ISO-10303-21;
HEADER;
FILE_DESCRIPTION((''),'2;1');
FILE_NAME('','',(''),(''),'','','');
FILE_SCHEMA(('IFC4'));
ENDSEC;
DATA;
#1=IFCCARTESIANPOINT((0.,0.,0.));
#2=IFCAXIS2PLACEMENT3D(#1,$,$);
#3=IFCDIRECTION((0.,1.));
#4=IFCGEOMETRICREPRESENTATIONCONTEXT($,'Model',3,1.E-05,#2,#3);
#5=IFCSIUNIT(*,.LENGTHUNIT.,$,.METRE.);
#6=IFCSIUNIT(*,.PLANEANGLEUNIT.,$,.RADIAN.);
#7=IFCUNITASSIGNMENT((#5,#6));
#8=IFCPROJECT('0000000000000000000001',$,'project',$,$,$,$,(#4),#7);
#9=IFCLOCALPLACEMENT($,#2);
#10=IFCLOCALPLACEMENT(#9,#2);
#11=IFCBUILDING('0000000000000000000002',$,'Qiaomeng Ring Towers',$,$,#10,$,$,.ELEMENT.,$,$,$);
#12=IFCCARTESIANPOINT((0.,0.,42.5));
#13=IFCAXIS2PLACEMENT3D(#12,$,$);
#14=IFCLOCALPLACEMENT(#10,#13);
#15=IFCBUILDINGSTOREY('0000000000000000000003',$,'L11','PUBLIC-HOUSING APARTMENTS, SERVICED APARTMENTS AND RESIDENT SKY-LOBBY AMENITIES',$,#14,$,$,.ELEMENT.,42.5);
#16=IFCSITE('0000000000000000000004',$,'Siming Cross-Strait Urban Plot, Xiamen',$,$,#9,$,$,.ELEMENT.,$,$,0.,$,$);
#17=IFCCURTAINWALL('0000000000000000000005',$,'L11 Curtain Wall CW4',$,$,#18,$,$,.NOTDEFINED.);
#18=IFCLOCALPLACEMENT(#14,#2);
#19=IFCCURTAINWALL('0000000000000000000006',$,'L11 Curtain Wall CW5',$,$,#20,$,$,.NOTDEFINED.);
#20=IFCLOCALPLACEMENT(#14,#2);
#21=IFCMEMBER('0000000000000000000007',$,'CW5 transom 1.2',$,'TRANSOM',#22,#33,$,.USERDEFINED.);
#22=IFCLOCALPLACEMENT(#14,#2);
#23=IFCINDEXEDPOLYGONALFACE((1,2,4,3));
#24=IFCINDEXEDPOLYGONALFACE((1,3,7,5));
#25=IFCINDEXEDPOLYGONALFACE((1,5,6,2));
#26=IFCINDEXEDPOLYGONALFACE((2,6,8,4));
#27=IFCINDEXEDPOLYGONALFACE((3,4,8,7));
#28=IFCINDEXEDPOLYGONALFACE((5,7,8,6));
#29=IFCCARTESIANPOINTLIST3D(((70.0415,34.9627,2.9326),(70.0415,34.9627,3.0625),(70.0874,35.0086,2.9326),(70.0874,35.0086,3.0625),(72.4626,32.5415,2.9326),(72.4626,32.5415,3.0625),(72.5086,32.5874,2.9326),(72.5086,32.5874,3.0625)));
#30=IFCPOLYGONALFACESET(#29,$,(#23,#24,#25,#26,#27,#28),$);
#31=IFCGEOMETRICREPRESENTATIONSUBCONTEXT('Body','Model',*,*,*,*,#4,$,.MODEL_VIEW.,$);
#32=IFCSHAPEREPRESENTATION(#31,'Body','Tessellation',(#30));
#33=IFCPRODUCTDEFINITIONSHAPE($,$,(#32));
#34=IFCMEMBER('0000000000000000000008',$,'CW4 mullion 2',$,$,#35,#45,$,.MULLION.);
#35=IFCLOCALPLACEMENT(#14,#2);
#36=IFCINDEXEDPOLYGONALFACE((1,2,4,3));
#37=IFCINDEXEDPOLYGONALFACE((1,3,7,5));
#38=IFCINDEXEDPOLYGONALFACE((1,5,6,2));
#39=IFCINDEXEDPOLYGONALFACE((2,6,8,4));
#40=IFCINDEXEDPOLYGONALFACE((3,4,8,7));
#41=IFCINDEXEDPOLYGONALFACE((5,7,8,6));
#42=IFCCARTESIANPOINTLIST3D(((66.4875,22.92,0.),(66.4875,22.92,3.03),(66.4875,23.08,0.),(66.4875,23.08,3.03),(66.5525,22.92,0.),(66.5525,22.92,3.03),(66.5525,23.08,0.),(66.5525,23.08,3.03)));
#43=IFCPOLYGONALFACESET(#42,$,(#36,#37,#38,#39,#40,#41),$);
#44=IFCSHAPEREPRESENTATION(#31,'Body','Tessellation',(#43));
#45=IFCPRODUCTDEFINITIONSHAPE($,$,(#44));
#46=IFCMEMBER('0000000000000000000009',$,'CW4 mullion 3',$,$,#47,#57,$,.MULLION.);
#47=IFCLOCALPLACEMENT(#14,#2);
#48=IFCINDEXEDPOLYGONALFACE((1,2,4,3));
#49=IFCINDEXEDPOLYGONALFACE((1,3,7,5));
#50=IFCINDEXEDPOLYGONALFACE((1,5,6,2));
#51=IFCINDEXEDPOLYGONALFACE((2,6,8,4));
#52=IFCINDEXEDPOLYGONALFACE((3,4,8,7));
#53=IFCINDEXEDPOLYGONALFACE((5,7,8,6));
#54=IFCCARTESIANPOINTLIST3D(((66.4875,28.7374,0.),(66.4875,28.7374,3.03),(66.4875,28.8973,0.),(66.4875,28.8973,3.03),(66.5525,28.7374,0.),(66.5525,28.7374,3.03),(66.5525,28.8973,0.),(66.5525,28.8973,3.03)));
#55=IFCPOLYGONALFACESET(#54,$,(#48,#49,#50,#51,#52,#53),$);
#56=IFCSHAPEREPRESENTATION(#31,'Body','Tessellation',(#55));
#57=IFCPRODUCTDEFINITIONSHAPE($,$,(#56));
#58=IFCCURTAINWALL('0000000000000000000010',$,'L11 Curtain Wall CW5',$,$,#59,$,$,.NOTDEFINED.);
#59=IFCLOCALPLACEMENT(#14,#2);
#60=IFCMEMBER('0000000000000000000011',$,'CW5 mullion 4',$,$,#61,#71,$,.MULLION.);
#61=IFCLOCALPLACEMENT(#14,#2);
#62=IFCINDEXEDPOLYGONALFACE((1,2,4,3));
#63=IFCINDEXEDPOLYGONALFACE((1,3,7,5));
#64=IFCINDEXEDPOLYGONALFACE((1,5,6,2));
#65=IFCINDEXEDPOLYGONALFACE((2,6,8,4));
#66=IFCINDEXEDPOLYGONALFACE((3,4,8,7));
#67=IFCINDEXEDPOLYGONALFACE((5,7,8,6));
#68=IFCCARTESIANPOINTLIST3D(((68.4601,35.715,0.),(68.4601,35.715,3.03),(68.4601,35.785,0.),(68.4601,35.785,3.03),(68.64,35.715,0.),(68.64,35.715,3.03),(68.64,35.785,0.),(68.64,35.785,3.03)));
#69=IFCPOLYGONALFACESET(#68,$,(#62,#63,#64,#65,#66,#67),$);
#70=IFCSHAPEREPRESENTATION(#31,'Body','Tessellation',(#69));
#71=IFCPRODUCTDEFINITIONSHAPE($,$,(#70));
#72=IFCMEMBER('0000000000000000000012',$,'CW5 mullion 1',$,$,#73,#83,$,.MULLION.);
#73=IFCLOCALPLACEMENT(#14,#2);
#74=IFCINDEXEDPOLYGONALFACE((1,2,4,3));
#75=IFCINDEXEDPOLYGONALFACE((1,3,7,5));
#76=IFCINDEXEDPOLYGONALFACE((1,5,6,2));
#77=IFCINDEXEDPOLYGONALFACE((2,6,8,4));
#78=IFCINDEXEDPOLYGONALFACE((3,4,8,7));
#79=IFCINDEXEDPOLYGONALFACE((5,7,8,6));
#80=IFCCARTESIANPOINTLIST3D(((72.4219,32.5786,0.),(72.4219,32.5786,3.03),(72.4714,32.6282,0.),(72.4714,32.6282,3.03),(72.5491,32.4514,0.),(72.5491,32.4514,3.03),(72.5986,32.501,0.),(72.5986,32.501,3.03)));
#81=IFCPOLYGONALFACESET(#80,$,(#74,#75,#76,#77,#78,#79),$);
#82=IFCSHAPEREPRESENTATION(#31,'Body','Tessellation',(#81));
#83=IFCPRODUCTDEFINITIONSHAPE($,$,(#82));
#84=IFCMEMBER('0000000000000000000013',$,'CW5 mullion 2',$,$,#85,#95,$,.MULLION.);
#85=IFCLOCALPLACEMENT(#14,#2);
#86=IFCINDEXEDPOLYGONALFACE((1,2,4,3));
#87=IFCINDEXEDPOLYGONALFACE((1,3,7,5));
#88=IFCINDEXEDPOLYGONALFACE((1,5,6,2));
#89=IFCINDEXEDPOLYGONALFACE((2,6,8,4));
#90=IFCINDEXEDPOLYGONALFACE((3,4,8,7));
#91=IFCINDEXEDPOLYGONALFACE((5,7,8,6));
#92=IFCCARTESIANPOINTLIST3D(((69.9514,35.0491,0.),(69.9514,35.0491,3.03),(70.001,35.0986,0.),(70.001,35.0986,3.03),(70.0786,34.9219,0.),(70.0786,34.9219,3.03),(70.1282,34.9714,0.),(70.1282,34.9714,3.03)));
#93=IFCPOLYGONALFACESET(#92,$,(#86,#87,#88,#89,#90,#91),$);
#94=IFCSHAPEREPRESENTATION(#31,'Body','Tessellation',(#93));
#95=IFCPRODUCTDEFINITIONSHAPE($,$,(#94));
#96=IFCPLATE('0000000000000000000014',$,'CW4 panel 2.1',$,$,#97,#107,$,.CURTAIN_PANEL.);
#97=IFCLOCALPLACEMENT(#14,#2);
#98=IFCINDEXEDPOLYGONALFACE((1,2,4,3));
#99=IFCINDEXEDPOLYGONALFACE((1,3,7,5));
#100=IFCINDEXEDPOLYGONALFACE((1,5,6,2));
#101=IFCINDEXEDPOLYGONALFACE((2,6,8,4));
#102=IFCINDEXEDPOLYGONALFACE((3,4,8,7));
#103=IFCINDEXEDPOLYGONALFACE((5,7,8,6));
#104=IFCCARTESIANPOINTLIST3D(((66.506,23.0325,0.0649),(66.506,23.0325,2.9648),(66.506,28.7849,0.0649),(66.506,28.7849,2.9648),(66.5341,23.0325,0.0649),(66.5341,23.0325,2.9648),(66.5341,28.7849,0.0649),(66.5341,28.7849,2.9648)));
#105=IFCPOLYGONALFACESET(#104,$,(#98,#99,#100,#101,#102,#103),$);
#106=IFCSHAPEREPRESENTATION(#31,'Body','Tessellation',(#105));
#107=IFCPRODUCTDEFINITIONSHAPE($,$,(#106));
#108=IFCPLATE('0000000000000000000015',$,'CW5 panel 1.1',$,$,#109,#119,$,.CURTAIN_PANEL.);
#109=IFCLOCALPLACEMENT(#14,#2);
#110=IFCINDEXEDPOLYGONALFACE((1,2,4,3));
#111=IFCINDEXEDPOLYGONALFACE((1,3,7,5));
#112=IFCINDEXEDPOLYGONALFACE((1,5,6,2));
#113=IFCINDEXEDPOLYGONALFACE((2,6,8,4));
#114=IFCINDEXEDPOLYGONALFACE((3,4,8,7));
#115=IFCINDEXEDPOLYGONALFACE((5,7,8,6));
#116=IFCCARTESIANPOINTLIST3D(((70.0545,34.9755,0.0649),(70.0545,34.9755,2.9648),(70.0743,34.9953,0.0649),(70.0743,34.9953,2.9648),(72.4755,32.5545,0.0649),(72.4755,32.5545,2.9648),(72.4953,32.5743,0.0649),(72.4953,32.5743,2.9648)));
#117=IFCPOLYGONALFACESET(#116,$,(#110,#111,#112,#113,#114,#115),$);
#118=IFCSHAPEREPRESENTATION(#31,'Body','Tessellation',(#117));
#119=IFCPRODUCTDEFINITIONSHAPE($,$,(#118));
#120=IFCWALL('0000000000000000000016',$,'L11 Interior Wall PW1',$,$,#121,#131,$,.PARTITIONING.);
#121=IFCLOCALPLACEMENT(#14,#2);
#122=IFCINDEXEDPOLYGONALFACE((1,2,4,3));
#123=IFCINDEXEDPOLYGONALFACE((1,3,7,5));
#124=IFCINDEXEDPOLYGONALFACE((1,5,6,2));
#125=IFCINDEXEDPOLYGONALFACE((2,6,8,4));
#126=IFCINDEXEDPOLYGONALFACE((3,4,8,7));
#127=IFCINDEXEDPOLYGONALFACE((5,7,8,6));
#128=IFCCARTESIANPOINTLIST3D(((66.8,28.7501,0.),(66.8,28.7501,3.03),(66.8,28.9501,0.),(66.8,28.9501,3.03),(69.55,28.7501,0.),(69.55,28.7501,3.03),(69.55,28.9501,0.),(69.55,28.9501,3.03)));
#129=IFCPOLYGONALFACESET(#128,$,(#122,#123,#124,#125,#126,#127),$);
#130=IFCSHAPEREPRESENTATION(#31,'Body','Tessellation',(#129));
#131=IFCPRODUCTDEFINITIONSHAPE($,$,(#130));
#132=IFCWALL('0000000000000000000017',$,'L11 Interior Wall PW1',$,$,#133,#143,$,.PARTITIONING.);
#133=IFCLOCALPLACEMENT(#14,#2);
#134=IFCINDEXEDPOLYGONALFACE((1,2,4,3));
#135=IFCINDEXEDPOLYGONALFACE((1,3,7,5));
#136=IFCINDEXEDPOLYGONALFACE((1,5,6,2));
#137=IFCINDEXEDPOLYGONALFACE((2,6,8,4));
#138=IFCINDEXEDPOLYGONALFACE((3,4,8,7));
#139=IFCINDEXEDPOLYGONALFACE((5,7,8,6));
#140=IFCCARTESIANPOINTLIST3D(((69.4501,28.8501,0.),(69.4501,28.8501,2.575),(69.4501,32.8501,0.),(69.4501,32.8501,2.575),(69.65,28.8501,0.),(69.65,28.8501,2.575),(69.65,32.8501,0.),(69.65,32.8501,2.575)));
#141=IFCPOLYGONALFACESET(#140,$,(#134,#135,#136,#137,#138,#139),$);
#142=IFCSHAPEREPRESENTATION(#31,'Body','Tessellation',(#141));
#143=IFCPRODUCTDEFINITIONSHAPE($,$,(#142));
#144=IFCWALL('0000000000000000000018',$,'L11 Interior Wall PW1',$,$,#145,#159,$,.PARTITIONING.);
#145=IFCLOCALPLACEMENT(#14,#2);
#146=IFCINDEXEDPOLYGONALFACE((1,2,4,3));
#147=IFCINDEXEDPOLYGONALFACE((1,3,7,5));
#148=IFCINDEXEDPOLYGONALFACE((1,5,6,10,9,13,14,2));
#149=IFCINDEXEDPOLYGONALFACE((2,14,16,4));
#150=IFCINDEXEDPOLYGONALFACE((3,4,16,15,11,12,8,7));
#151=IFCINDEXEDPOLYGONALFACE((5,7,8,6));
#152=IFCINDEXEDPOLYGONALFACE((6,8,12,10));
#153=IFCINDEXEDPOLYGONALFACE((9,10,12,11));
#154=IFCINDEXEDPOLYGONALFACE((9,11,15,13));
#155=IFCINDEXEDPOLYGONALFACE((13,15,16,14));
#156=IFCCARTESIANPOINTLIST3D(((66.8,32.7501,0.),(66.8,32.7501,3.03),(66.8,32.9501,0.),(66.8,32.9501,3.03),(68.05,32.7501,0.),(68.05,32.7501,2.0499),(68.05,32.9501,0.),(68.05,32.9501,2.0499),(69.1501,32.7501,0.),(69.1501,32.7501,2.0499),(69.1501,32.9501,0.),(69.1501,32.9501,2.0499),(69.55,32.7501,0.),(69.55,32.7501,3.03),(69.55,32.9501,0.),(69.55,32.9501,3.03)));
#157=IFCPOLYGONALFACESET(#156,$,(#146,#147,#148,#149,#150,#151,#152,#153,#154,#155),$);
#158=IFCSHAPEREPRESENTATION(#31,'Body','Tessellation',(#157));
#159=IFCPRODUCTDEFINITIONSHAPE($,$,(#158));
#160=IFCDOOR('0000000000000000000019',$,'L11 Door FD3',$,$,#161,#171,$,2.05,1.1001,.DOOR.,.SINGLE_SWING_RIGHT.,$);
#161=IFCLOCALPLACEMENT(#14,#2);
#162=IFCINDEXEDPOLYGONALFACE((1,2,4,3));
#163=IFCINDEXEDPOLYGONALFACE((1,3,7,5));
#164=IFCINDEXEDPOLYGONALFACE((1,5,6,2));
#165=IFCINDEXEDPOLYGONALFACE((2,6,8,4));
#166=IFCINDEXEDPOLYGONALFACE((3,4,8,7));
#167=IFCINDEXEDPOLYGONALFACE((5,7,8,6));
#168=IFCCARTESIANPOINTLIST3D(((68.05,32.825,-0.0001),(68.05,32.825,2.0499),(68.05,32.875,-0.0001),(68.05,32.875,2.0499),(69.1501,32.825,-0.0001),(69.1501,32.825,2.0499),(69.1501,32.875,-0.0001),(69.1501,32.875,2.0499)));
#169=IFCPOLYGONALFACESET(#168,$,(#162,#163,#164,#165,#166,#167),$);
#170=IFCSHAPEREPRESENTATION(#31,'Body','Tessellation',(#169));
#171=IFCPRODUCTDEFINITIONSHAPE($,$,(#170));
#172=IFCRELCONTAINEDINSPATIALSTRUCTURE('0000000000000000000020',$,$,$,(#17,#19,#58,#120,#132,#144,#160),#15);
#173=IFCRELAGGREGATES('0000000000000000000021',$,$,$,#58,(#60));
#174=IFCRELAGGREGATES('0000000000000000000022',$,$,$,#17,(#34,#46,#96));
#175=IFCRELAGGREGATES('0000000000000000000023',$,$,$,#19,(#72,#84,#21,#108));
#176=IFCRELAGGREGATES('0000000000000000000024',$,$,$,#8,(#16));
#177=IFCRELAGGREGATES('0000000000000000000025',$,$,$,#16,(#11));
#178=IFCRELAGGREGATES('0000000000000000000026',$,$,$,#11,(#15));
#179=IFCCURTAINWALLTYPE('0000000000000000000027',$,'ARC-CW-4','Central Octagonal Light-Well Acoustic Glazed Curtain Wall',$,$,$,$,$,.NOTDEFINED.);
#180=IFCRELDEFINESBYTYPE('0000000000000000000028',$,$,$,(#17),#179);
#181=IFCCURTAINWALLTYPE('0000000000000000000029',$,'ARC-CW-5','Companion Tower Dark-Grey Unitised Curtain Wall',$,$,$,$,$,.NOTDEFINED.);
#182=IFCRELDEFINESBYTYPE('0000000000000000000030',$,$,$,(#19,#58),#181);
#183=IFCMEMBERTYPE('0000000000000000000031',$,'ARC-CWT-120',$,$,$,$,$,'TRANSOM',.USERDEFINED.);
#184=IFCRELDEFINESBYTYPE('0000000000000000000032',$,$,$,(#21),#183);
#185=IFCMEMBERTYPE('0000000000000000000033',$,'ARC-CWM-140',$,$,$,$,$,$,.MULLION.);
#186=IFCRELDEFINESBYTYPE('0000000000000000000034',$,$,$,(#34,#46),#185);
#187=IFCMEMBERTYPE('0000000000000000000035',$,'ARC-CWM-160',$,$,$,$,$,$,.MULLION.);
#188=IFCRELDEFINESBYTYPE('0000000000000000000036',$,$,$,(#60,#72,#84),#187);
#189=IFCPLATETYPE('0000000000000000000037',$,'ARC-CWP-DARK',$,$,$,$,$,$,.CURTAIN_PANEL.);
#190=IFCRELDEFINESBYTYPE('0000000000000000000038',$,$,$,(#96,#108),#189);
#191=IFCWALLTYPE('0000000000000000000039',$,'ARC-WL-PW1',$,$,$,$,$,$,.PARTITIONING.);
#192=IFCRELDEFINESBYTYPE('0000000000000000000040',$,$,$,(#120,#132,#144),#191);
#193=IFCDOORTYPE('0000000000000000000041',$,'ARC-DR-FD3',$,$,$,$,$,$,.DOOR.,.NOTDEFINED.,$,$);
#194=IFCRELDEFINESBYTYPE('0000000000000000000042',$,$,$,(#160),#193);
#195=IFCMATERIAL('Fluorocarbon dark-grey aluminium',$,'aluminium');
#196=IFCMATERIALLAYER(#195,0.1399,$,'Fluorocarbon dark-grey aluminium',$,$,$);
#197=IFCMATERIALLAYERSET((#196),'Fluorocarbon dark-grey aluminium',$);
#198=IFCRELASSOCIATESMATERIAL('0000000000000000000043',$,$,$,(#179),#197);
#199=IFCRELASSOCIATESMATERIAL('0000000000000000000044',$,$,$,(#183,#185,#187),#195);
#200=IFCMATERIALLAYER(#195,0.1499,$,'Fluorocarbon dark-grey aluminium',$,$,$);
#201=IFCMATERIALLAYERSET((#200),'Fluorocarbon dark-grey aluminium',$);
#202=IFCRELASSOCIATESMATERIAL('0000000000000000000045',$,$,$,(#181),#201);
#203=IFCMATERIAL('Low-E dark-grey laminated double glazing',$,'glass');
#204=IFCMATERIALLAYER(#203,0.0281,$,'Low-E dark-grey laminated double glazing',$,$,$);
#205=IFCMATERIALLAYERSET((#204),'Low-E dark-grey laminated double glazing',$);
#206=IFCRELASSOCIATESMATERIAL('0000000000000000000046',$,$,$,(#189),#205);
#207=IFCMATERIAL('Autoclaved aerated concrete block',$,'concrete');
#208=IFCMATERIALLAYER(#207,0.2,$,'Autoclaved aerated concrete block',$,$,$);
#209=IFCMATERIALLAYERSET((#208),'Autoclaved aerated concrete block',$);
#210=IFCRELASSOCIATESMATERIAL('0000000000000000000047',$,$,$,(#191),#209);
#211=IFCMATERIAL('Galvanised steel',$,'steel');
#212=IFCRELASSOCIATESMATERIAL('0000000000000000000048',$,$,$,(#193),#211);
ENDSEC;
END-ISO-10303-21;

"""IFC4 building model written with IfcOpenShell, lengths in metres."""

from ifc_helpers import new_model, si_unit, direction, frame, frame_2d, origin, origin_2d, place, context, subcontext, project, spatial, rectangle, extrude, source, transform, mapped, material, layer, layer_set, material_profile, profile_set, type_object, element, fill, aggregate, save


model = new_model("IFC4")

# Units and contexts
model_context = context("Model", 3, precision=1e-05, world=origin(), true_north=direction((0.0, 1.0)))
body_context = subcontext(model_context, "Body", "Model", "MODEL_VIEW")
ifc_project = project(units=[si_unit("LENGTHUNIT", "METRE"), si_unit("PLANEANGLEUNIT", "RADIAN")], contexts=[model_context])

# Site, building, storey
site_placement = place(None, origin())
site = spatial("IfcSite", under=ifc_project, at=site_placement, Name="Siming Cross-Strait Urban Plot, Xiamen", CompositionType="ELEMENT", RefElevation=0.0)
building_placement = place(site_placement, origin())
building = spatial("IfcBuilding", under=site, at=building_placement, Name="Qiaomeng Ring Towers", CompositionType="ELEMENT")
storey_placement = place(building_placement, frame((0.0, 0.0, 42.5)))
storey = spatial("IfcBuildingStorey", under=building, at=storey_placement, Name="L11", Description="PUBLIC-HOUSING APARTMENTS, SERVICED APARTMENTS AND RESIDENT SKY-LOBBY AMENITIES", CompositionType="ELEMENT", Elevation=42.5)

# Curtain walls, member
ifc_material_1 = material(Name="Fluorocarbon dark-grey aluminium", Category="aluminium")
ifc_layer_1 = layer(ifc_material_1, 0.1399, Name="Fluorocarbon dark-grey aluminium")
ifc_layer_set_1 = layer_set([ifc_layer_1], Name="Fluorocarbon dark-grey aluminium")
curtain_wall_type_1 = type_object("IfcCurtainWallType", Name="ARC-CW-4", Description="Central Octagonal Light-Well Acoustic Glazed Curtain Wall", PredefinedType="NOTDEFINED", material=ifc_layer_set_1)
curtain_wall_1_placement = place(storey_placement, origin())
curtain_wall_1 = element("IfcCurtainWall", 1, at=curtain_wall_1_placement, inside=storey, type_object=curtain_wall_type_1, Name="L11 Curtain Wall CW4", PredefinedType="NOTDEFINED")
ifc_material_profile_1 = material_profile(ifc_material_1, rectangle(XDim=0.0649, YDim=0.1299, at=origin_2d()), Name="ALU TRAN 65x130")
ifc_profile_set_1 = profile_set([ifc_material_profile_1], Name="Fluorocarbon dark-grey aluminium")
member_type_1 = type_object("IfcMemberType", Name="ARC-CWT-120", ElementType="TRANSOM", PredefinedType="USERDEFINED", material=ifc_profile_set_1)
ifc_layer_2 = layer(ifc_material_1, 0.1499, Name="Fluorocarbon dark-grey aluminium")
ifc_layer_set_2 = layer_set([ifc_layer_2], Name="Fluorocarbon dark-grey aluminium")
curtain_wall_type_2 = type_object("IfcCurtainWallType", Name="ARC-CW-5", Description="Companion Tower Dark-Grey Unitised Curtain Wall", PredefinedType="NOTDEFINED", material=ifc_layer_set_2)
curtain_wall_2_placement = place(storey_placement, origin())
curtain_wall_2 = element("IfcCurtainWall", 2, at=curtain_wall_2_placement, inside=storey, type_object=curtain_wall_type_2, Name="L11 Curtain Wall CW5", PredefinedType="NOTDEFINED")
shared_shape_1 = source(origin(), body_context, "Body", "SweptSolid", [
    extrude(rectangle(XDim=0.0649, YDim=0.1299, at=origin_2d()), origin(), (0.0, 0.0, 1.0), 3.4241),
])
member_1_placement = place(storey_placement, frame((72.4856, 32.5645, 2.9976), z_axis=(-0.707107, 0.707107, 0.0), x_axis=(-0.707107, -0.707107, 0.0)))
member_1 = element("IfcMember", 3, at=member_1_placement, type_object=member_type_1, Name="CW5 transom 1.2", ObjectType="TRANSOM", PredefinedType="USERDEFINED", context=body_context, shape_type="MappedRepresentation", body=[
    mapped(shared_shape_1, transform((0.0, 0.0, 0.0), x_axis=(1.0, 0.0, 0.0), y_axis=(0.0, 1.0, 0.0), z_axis=(0.0, 0.0, 1.0), scale=1.0)),
])

# Members
ifc_material_profile_2 = material_profile(ifc_material_1, rectangle(XDim=0.0649, YDim=0.1599, at=origin_2d()), Name="ALU MULL 65x160")
ifc_profile_set_2 = profile_set([ifc_material_profile_2], Name="Fluorocarbon dark-grey aluminium")
member_type_2 = type_object("IfcMemberType", Name="ARC-CWM-140", PredefinedType="MULLION", material=ifc_profile_set_2)
shared_shape_2 = source(origin(), body_context, "Body", "SweptSolid", [
    extrude(rectangle(XDim=0.0649, YDim=0.1599, at=origin_2d()), origin(), (0.0, 0.0, 1.0), 3.03),
])
member_2_placement = place(storey_placement, frame((66.52, 23.0, 0.0), z_axis=(0.0, 0.0, 1.0), x_axis=(-1.0, 0.0, 0.0)))
member_2 = element("IfcMember", 4, at=member_2_placement, type_object=member_type_2, Name="CW4 mullion 2", PredefinedType="MULLION", context=body_context, shape_type="MappedRepresentation", body=[
    mapped(shared_shape_2, transform((0.0, 0.0, 0.0), x_axis=(1.0, 0.0, 0.0), y_axis=(0.0, 1.0, 0.0), z_axis=(0.0, 0.0, 1.0), scale=1.0)),
])
member_3_placement = place(storey_placement, frame((66.52, 28.8174, 0.0), z_axis=(0.0, 0.0, 1.0), x_axis=(-1.0, 0.0, 0.0)))
member_3 = element("IfcMember", 5, at=member_3_placement, type_object=member_type_2, Name="CW4 mullion 3", PredefinedType="MULLION", context=body_context, shape_type="MappedRepresentation", body=[
    mapped(shared_shape_2, transform((0.0, 0.0, 0.0), x_axis=(1.0, 0.0, 0.0), y_axis=(0.0, 1.0, 0.0), z_axis=(0.0, 0.0, 1.0), scale=1.0)),
])

# Curtain wall, member
curtain_wall_3_placement = place(storey_placement, origin())
curtain_wall_3 = element("IfcCurtainWall", 6, at=curtain_wall_3_placement, inside=storey, type_object=curtain_wall_type_2, Name="L11 Curtain Wall CW5", PredefinedType="NOTDEFINED")
ifc_material_profile_3 = material_profile(ifc_material_1, rectangle(XDim=0.0701, YDim=0.1799, at=origin_2d()), Name="ALU MULL 70x180")
ifc_profile_set_3 = profile_set([ifc_material_profile_3], Name="Fluorocarbon dark-grey aluminium")
member_type_3 = type_object("IfcMemberType", Name="ARC-CWM-160", PredefinedType="MULLION", material=ifc_profile_set_3)
shared_shape_3 = source(origin(), body_context, "Body", "SweptSolid", [
    extrude(rectangle(XDim=0.0701, YDim=0.1799, at=origin_2d()), origin(), (0.0, 0.0, 1.0), 3.03),
])
member_4_placement = place(storey_placement, frame((68.55, 35.75, 0.0), z_axis=(0.0, 0.0, 1.0), x_axis=(0.0, 1.0, 0.0)))
member_4 = element("IfcMember", 7, at=member_4_placement, type_object=member_type_3, Name="CW5 mullion 4", PredefinedType="MULLION", context=body_context, shape_type="MappedRepresentation", body=[
    mapped(shared_shape_3, transform((0.0, 0.0, 0.0), x_axis=(1.0, 0.0, 0.0), y_axis=(0.0, 1.0, 0.0), z_axis=(0.0, 0.0, 1.0), scale=1.0)),
])
aggregate(curtain_wall_3, [member_4])

# Members
member_5_placement = place(storey_placement, frame((72.5103, 32.5398, 0.0), z_axis=(0.0, 0.0, 1.0), x_axis=(-0.707107, -0.707107, 0.0)))
member_5 = element("IfcMember", 8, at=member_5_placement, type_object=member_type_3, Name="CW5 mullion 1", PredefinedType="MULLION", context=body_context, shape_type="MappedRepresentation", body=[
    mapped(shared_shape_3, transform((0.0, 0.0, 0.0), x_axis=(1.0, 0.0, 0.0), y_axis=(0.0, 1.0, 0.0), z_axis=(0.0, 0.0, 1.0), scale=1.0)),
])
member_6_placement = place(storey_placement, frame((70.0398, 35.0103, 0.0), z_axis=(0.0, 0.0, 1.0), x_axis=(-0.707107, -0.707107, 0.0)))
member_6 = element("IfcMember", 9, at=member_6_placement, type_object=member_type_3, Name="CW5 mullion 2", PredefinedType="MULLION", context=body_context, shape_type="MappedRepresentation", body=[
    mapped(shared_shape_3, transform((0.0, 0.0, 0.0), x_axis=(1.0, 0.0, 0.0), y_axis=(0.0, 1.0, 0.0), z_axis=(0.0, 0.0, 1.0), scale=1.0)),
])

# Plates
ifc_material_2 = material(Name="Low-E dark-grey laminated double glazing", Category="glass")
ifc_layer_3 = layer(ifc_material_2, 0.0281, Name="Low-E dark-grey laminated double glazing")
ifc_layer_set_3 = layer_set([ifc_layer_3], Name="Low-E dark-grey laminated double glazing")
plate_type = type_object("IfcPlateType", Name="ARC-CWP-DARK", PredefinedType="CURTAIN_PANEL", material=ifc_layer_set_3)
shared_shape_4 = source(origin(), body_context, "Body", "SweptSolid", [
    extrude(rectangle(XDim=5.7524, YDim=0.0281, at=origin_2d()), origin(), (0.0, 0.0, 1.0), 2.8999),
])
plate_1_placement = place(storey_placement, frame((66.52, 25.9087, 0.0649), z_axis=(0.0, 0.0, 1.0), x_axis=(0.0, 1.0, 0.0)))
plate_1 = element("IfcPlate", 10, at=plate_1_placement, type_object=plate_type, Name="CW4 panel 2.1", PredefinedType="CURTAIN_PANEL", context=body_context, shape_type="MappedRepresentation", body=[
    mapped(shared_shape_4, transform((0.0, 0.0, 0.0), x_axis=(1.0, 0.0, 0.0), y_axis=(0.0, 1.0, 0.0), z_axis=(0.0, 0.0, 1.0), scale=1.0)),
])
aggregate(curtain_wall_1, [member_2, member_3, plate_1])
shared_shape_5 = source(origin(), body_context, "Body", "SweptSolid", [
    extrude(rectangle(XDim=3.4238, YDim=0.0281, at=origin_2d()), origin(), (0.0, 0.0, 1.0), 2.8999),
])
plate_2_placement = place(storey_placement, frame((71.2749, 33.7749, 0.0649), z_axis=(0.0, 0.0, 1.0), x_axis=(-0.707107, 0.707107, 0.0)))
plate_2 = element("IfcPlate", 11, at=plate_2_placement, type_object=plate_type, Name="CW5 panel 1.1", PredefinedType="CURTAIN_PANEL", context=body_context, shape_type="MappedRepresentation", body=[
    mapped(shared_shape_5, transform((0.0, 0.0, 0.0), x_axis=(1.0, 0.0, 0.0), y_axis=(0.0, 1.0, 0.0), z_axis=(0.0, 0.0, 1.0), scale=1.0)),
])
aggregate(curtain_wall_2, [member_5, member_6, member_1, plate_2])

# Walls
ifc_material_3 = material(Name="Autoclaved aerated concrete block", Category="concrete")
ifc_layer_4 = layer(ifc_material_3, 0.2, Name="Autoclaved aerated concrete block")
ifc_layer_set_4 = layer_set([ifc_layer_4], Name="Autoclaved aerated concrete block")
wall_type_1 = type_object("IfcWallType", Name="ARC-WL-PW1", PredefinedType="PARTITIONING", material=ifc_layer_set_4)
wall_1_placement = place(storey_placement, frame((66.8, 28.8501, 0.0), z_axis=(0.0, 0.0, 1.0), x_axis=(1.0, 0.0, 0.0)))
element("IfcWall", 12, at=wall_1_placement, inside=storey, type_object=wall_type_1, Name="L11 Interior Wall PW1", PredefinedType="PARTITIONING", context=body_context, shape_type="SweptSolid", body=[
    extrude(rectangle(XDim=2.75, YDim=0.2, at=frame_2d((1.375, 0.0))), origin(), (0.0, 0.0, 1.0), 3.03),
])
wall_2_placement = place(storey_placement, frame((69.55, 28.8501, 0.0), z_axis=(0.0, 0.0, 1.0), x_axis=(0.0, 1.0, 0.0)))
element("IfcWall", 13, at=wall_2_placement, inside=storey, type_object=wall_type_1, Name="L11 Interior Wall PW1", PredefinedType="PARTITIONING", context=body_context, shape_type="SweptSolid", body=[
    extrude(rectangle(XDim=4.0, YDim=0.2, at=frame_2d((2.0, 0.0))), origin(), (0.0, 0.0, 1.0), 2.575),
])

# Wall, opening, door
wall_3_placement = place(storey_placement, frame((66.8, 32.8501, 0.0), z_axis=(0.0, 0.0, 1.0), x_axis=(1.0, 0.0, 0.0)))
wall_3 = element("IfcWall", 14, at=wall_3_placement, inside=storey, type_object=wall_type_1, Name="L11 Interior Wall PW1", PredefinedType="PARTITIONING", context=body_context, shape_type="SweptSolid", body=[
    extrude(rectangle(XDim=2.75, YDim=0.2, at=frame_2d((1.375, 0.0))), origin(), (0.0, 0.0, 1.0), 3.03),
])
opening_1_placement = place(wall_3_placement, frame((1.25, 0.0, 0.0)))
opening_1 = element("IfcOpeningElement", 15, at=opening_1_placement, cuts=wall_3, PredefinedType="OPENING", context=body_context, shape_type="SweptSolid", body=[
    extrude(rectangle(XDim=1.1001, YDim=2.05, at=frame_2d((0.55, 1.0249))), frame((0.0, 0.1099, 0.0), z_axis=(0.0, -1.0, 0.0), x_axis=(1.0, 0.0, 0.0)), (0.0, 0.0, 1.0), 0.22),
])
ifc_material_4 = material(Name="Galvanised steel", Category="steel")
door_type_1 = type_object("IfcDoorType", Name="ARC-DR-FD3", OperationType="NOTDEFINED", PredefinedType="DOOR", material=ifc_material_4)
shared_shape_6 = source(origin(), body_context, "Body", "SweptSolid", [
    extrude(rectangle(XDim=1.1001, YDim=2.05, at=frame_2d((0.55, 1.0249))), frame((0.0, 0.0249, 0.0), z_axis=(0.0, -1.0, 0.0), x_axis=(1.0, 0.0, 0.0)), (0.0, 0.0, 1.0), 0.05),
])
door_1_placement = place(opening_1_placement, origin())
door_1 = element("IfcDoor", 16, at=door_1_placement, inside=storey, type_object=door_type_1, Name="L11 Door FD3", OperationType="SINGLE_SWING_RIGHT", OverallHeight=2.05, OverallWidth=1.1001, PredefinedType="DOOR", context=body_context, shape_type="MappedRepresentation", body=[
    mapped(shared_shape_6, transform((0.0, 0.0, 0.0), x_axis=(1.0, 0.0, 0.0), y_axis=(0.0, 1.0, 0.0), z_axis=(0.0, 0.0, 1.0), scale=1.0)),
])
fill(opening_1, door_1)

save(model, "model.ifc")
